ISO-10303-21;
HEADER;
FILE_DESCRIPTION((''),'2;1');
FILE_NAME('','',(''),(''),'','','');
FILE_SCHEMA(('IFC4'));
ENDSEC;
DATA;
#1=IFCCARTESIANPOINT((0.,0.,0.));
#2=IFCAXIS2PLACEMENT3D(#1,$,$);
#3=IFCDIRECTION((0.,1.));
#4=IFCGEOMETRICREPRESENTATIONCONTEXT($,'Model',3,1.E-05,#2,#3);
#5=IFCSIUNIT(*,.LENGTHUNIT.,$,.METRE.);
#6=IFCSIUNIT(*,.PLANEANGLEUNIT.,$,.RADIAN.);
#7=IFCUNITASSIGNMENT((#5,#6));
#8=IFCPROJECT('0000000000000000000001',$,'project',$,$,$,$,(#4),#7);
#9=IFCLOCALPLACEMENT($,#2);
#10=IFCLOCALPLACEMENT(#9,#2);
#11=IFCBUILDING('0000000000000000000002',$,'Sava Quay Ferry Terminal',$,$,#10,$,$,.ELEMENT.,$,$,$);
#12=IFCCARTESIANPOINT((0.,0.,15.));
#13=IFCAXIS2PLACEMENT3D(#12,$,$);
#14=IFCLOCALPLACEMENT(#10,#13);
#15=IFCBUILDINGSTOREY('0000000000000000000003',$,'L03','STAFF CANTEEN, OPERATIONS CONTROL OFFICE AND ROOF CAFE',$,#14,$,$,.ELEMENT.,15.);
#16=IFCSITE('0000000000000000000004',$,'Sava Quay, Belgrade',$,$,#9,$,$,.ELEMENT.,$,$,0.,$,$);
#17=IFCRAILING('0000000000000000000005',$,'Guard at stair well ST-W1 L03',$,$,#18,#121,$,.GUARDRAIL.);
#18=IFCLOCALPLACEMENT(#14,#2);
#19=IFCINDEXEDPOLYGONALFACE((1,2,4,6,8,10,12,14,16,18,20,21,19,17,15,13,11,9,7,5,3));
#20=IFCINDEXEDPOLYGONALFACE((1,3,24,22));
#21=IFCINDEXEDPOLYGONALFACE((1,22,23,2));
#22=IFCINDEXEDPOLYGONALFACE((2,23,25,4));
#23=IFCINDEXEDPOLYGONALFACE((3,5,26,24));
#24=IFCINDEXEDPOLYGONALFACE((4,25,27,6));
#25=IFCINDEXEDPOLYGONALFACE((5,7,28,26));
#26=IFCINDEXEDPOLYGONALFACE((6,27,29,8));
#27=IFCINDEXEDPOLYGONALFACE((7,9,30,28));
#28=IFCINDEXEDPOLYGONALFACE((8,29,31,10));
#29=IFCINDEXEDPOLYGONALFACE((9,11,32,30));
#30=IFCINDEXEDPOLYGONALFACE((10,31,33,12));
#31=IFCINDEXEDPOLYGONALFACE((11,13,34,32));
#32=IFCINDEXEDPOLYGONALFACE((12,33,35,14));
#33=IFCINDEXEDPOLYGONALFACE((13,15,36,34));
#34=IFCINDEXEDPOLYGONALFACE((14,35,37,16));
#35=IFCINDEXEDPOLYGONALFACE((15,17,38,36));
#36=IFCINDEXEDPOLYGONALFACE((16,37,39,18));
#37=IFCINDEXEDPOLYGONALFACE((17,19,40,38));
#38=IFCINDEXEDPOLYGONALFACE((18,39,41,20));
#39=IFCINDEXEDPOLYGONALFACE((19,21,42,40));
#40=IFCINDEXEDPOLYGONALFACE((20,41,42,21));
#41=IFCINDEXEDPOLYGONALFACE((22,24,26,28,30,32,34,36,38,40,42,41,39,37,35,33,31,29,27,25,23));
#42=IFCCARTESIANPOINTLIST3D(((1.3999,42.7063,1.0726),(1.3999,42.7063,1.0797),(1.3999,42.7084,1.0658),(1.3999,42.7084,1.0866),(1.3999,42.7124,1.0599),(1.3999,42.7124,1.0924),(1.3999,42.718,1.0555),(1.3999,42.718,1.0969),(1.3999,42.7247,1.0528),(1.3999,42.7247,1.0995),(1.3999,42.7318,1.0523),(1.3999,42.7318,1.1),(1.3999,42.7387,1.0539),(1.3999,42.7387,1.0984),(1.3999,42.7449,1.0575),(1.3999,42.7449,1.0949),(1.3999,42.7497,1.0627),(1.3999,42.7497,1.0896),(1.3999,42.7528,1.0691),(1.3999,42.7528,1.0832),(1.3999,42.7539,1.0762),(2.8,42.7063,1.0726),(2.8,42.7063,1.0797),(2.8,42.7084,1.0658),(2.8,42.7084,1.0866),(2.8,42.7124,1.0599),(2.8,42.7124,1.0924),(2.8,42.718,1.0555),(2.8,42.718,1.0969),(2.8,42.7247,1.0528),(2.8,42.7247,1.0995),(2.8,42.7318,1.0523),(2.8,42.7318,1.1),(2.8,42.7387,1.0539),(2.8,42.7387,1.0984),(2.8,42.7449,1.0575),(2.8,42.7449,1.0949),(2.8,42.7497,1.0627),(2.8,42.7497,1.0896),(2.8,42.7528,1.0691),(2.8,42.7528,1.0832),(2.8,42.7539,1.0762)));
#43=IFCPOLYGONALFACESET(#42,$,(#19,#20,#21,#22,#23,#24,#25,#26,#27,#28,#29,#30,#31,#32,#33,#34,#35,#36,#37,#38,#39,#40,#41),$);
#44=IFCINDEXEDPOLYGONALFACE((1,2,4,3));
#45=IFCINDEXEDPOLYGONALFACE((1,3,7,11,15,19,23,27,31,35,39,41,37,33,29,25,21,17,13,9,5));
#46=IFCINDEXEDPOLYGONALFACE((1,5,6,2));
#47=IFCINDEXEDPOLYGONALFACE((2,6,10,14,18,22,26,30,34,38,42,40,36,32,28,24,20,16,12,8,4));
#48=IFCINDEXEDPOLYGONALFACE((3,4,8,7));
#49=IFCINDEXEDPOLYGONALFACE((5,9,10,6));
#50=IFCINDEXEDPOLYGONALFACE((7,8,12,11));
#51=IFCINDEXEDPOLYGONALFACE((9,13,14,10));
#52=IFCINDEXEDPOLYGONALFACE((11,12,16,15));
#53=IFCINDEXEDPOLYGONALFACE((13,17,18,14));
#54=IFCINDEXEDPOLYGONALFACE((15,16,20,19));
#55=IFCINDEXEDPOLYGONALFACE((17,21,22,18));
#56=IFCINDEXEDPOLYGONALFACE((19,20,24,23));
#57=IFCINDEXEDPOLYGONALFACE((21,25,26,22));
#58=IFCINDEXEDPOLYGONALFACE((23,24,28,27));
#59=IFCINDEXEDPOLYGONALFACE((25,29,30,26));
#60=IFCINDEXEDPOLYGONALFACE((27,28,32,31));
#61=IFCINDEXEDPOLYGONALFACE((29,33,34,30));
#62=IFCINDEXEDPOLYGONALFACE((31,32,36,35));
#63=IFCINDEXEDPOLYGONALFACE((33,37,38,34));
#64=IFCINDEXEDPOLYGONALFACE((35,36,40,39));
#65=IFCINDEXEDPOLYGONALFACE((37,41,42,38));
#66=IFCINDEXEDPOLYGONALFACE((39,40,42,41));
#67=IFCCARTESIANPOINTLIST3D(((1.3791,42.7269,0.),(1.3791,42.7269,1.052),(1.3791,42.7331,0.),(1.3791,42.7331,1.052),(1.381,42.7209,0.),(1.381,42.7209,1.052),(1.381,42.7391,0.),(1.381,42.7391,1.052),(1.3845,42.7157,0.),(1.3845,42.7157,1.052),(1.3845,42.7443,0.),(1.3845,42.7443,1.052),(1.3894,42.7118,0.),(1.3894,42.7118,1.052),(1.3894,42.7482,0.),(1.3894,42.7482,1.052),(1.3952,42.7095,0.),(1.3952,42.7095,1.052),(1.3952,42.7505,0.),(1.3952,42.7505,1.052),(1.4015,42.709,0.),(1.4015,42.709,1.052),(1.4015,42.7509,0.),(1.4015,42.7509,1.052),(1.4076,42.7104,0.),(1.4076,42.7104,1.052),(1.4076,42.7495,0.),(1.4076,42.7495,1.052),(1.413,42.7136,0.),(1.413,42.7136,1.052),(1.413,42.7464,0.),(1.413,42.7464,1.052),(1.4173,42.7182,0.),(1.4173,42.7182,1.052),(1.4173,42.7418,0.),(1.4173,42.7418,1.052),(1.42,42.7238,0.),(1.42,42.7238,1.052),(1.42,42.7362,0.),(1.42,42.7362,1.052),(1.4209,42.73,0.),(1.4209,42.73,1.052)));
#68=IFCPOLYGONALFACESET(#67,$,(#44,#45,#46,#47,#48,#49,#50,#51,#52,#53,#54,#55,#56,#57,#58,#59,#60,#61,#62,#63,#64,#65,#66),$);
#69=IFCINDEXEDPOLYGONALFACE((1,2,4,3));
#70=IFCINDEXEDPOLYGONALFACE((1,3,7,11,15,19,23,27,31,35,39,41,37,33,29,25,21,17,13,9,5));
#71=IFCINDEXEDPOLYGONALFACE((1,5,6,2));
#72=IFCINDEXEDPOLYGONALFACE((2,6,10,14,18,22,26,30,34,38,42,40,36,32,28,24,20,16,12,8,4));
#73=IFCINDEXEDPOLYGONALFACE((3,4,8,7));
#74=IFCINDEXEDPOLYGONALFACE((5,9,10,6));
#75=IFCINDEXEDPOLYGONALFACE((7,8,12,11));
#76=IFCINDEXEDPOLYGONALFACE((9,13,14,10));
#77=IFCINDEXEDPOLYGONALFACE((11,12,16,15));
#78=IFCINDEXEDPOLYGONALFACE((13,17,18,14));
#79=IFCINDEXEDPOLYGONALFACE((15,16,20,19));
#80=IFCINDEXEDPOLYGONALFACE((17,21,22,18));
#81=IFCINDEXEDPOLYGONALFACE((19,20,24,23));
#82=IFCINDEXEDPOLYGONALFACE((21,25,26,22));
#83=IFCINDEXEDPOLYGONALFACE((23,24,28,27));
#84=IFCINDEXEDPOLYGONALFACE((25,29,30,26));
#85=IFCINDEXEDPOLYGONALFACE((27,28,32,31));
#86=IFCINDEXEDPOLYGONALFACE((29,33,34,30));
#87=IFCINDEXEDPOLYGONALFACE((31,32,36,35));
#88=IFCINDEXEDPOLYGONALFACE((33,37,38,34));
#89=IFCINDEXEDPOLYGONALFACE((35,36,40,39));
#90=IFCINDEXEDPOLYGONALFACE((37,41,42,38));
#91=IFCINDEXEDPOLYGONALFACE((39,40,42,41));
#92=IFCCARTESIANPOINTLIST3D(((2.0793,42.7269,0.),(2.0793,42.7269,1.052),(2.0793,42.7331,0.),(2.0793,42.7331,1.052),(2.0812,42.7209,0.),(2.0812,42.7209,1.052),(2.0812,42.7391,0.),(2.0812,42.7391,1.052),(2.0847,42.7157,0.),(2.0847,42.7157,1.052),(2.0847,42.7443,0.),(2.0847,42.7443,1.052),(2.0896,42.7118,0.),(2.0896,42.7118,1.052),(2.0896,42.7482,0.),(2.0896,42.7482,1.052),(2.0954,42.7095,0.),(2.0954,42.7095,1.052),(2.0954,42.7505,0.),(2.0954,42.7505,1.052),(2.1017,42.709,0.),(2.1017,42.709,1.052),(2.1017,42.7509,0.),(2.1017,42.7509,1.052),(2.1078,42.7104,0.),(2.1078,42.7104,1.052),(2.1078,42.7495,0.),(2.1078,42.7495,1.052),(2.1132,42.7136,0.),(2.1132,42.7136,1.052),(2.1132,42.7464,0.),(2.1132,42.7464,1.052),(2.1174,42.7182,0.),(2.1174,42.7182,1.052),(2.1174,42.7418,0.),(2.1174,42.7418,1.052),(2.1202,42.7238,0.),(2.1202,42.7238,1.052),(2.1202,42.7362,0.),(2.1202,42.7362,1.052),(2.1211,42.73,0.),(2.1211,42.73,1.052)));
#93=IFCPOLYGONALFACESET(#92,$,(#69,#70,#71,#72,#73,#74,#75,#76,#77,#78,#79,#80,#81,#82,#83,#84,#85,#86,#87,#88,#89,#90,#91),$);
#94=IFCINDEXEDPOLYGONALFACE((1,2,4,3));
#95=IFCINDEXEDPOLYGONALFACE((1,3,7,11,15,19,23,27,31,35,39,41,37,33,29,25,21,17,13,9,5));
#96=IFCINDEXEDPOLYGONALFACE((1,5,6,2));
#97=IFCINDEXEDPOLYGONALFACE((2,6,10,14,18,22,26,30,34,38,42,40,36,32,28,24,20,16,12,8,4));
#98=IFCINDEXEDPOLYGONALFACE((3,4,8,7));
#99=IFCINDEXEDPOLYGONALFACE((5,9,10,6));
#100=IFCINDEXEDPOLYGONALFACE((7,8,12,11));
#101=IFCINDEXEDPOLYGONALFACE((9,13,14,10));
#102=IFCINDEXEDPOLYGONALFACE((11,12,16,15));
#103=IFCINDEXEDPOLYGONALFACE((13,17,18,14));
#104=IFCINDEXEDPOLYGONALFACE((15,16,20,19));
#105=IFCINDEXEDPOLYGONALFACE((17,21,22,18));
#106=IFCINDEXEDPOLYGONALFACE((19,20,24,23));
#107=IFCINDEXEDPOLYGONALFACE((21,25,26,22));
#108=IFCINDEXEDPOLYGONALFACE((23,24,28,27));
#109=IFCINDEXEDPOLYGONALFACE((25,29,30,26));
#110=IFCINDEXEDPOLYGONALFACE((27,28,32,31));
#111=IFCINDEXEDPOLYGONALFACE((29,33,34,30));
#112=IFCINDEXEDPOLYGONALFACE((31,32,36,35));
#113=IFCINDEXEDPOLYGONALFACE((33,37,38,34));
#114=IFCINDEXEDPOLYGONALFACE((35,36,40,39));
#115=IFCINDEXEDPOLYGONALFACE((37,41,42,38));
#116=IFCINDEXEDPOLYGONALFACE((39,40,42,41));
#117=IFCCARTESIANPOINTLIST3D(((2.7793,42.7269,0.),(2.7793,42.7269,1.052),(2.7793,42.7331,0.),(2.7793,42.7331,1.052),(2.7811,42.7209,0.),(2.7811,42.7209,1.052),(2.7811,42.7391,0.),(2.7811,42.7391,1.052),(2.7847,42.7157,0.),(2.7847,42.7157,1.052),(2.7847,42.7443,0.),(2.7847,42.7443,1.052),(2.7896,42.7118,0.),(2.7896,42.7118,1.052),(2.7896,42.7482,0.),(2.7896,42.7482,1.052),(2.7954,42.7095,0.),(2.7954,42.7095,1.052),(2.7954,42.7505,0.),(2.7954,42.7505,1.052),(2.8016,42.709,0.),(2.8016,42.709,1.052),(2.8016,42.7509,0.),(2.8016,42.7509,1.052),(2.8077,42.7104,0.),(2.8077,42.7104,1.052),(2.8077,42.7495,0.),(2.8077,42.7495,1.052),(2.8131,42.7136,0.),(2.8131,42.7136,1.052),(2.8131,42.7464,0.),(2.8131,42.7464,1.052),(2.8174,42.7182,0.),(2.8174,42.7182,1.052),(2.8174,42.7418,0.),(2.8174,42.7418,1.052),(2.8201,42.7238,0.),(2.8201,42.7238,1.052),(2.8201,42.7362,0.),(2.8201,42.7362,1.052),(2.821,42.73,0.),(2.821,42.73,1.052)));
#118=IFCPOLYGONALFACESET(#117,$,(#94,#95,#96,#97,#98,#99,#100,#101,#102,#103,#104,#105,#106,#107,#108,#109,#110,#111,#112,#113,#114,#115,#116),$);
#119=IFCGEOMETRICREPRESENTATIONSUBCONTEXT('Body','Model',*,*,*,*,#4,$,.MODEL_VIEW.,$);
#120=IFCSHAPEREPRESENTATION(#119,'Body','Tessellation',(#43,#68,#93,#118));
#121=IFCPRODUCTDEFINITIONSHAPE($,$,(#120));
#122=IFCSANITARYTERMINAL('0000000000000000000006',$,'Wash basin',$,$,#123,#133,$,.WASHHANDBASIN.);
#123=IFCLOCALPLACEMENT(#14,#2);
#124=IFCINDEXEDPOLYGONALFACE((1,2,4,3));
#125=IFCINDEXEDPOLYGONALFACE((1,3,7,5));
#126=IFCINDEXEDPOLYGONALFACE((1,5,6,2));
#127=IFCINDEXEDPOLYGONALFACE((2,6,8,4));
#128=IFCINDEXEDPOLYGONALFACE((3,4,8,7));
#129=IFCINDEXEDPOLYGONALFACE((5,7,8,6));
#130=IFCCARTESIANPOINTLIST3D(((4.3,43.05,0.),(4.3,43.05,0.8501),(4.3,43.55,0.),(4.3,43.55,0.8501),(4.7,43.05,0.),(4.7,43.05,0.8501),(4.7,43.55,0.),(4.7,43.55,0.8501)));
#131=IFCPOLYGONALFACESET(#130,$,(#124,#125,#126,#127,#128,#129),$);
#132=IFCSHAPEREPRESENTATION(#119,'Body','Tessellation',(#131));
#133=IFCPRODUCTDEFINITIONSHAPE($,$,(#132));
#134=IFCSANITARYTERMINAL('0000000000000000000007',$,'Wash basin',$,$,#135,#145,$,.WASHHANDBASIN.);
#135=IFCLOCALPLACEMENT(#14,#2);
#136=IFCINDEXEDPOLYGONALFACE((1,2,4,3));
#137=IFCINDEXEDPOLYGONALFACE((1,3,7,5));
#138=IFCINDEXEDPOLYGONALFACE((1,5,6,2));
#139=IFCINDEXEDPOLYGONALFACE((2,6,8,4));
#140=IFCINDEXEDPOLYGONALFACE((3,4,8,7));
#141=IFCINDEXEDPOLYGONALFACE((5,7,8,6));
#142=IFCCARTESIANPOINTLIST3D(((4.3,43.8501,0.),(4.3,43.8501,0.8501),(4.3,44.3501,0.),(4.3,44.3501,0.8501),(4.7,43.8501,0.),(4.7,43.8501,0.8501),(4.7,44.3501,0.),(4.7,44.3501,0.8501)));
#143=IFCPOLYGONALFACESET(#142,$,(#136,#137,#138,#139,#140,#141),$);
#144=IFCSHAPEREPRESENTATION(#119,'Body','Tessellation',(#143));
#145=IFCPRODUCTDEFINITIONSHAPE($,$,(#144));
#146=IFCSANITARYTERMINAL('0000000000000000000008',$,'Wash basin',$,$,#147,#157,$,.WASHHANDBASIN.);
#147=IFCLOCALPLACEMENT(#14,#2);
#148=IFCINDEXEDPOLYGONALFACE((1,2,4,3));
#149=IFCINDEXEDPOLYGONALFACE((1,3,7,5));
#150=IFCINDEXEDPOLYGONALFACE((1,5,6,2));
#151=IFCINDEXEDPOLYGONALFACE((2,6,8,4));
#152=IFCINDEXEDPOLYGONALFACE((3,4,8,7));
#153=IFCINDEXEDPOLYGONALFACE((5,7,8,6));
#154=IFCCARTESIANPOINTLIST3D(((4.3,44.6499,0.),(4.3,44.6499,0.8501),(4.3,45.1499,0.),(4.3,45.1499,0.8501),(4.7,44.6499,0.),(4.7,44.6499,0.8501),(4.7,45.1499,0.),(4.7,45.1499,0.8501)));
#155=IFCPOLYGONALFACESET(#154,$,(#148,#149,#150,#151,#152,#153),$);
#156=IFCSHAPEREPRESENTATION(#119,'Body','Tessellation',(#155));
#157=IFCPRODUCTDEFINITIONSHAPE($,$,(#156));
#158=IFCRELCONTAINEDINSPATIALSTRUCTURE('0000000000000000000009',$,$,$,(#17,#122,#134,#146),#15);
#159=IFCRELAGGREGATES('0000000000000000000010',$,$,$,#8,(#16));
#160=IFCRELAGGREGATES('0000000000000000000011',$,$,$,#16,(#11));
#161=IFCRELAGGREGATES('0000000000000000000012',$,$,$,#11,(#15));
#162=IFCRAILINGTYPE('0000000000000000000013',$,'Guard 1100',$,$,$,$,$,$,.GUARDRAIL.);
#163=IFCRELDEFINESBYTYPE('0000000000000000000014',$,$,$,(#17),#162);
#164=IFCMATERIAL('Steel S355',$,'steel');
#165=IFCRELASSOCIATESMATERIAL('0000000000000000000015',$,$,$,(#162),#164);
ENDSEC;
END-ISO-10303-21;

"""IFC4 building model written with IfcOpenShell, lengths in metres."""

from ifc_helpers import new_model, si_unit, direction, frame, origin, origin_2d, place, context, subcontext, project, spatial, rectangle, circle, extrude, material, type_object, element, save


model = new_model("IFC4")

# Units and contexts
model_context = context("Model", 3, precision=1e-05, world=origin(), true_north=direction((0.0, 1.0)))
body_context = subcontext(model_context, "Body", "Model", "MODEL_VIEW")
ifc_project = project(units=[si_unit("LENGTHUNIT", "METRE"), si_unit("PLANEANGLEUNIT", "RADIAN")], contexts=[model_context])

# Site, building, storey
site_placement = place(None, origin())
site = spatial("IfcSite", under=ifc_project, at=site_placement, Name="Sava Quay, Belgrade", CompositionType="ELEMENT", RefElevation=0.0)
building_placement = place(site_placement, origin())
building = spatial("IfcBuilding", under=site, at=building_placement, Name="Sava Quay Ferry Terminal", CompositionType="ELEMENT")
storey_placement = place(building_placement, frame((0.0, 0.0, 15.0)))
storey = spatial("IfcBuildingStorey", under=building, at=storey_placement, Name="L03", Description="STAFF CANTEEN, OPERATIONS CONTROL OFFICE AND ROOF CAFE", CompositionType="ELEMENT", Elevation=15.0)

# Railing
ifc_material_1 = material(Name="Steel S355", Category="steel")
railing_type = type_object("IfcRailingType", Name="Guard 1100", PredefinedType="GUARDRAIL", material=ifc_material_1)
railing_placement = place(storey_placement, frame((1.3999, 42.73, 0.0)))
element("IfcRailing", 1, at=railing_placement, inside=storey, type_object=railing_type, Name="Guard at stair well ST-W1 L03", PredefinedType="GUARDRAIL", context=body_context, shape_type="SweptSolid", body=[
    extrude(circle(Radius=0.0239, at=origin_2d()), frame((0.0, 0.0, 1.0762), z_axis=(1.0, 0.0, 0.0), x_axis=(0.0, 1.0, 0.0)), (0.0, 0.0, 1.0), 1.4001),
    extrude(circle(Radius=0.021, at=origin_2d()), origin(), (0.0, 0.0, 1.0), 1.052),
    extrude(circle(Radius=0.021, at=origin_2d()), frame((0.7002, 0.0, 0.0)), (0.0, 0.0, 1.0), 1.052),
    extrude(circle(Radius=0.021, at=origin_2d()), frame((1.4001, 0.0, 0.0)), (0.0, 0.0, 1.0), 1.052),
])

# Sanitary terminals
for number, where, z_axis, x_axis, name in (
    (2, (4.5, 43.3, 0.0), (0.0, 0.0, 1.0), (1.0, 0.0, 0.0), "Wash basin"),
    (3, (4.5, 44.1001, 0.0), (0.0, 0.0, 1.0), (1.0, 0.0, 0.0), "Wash basin"),
    (4, (4.5, 44.8999, 0.0), (0.0, 0.0, 1.0), (1.0, 0.0, 0.0), "Wash basin"),
):
    element("IfcSanitaryTerminal", number, at=place(storey_placement, frame(where, z_axis=z_axis, x_axis=x_axis)), inside=storey, Name=name, PredefinedType="WASHHANDBASIN", context=body_context, shape_type="SweptSolid", body=[
        extrude(rectangle(XDim=0.3999, YDim=0.5, at=origin_2d()), origin(), (0.0, 0.0, 1.0), 0.8501),
    ])

save(model, "model.ifc")
